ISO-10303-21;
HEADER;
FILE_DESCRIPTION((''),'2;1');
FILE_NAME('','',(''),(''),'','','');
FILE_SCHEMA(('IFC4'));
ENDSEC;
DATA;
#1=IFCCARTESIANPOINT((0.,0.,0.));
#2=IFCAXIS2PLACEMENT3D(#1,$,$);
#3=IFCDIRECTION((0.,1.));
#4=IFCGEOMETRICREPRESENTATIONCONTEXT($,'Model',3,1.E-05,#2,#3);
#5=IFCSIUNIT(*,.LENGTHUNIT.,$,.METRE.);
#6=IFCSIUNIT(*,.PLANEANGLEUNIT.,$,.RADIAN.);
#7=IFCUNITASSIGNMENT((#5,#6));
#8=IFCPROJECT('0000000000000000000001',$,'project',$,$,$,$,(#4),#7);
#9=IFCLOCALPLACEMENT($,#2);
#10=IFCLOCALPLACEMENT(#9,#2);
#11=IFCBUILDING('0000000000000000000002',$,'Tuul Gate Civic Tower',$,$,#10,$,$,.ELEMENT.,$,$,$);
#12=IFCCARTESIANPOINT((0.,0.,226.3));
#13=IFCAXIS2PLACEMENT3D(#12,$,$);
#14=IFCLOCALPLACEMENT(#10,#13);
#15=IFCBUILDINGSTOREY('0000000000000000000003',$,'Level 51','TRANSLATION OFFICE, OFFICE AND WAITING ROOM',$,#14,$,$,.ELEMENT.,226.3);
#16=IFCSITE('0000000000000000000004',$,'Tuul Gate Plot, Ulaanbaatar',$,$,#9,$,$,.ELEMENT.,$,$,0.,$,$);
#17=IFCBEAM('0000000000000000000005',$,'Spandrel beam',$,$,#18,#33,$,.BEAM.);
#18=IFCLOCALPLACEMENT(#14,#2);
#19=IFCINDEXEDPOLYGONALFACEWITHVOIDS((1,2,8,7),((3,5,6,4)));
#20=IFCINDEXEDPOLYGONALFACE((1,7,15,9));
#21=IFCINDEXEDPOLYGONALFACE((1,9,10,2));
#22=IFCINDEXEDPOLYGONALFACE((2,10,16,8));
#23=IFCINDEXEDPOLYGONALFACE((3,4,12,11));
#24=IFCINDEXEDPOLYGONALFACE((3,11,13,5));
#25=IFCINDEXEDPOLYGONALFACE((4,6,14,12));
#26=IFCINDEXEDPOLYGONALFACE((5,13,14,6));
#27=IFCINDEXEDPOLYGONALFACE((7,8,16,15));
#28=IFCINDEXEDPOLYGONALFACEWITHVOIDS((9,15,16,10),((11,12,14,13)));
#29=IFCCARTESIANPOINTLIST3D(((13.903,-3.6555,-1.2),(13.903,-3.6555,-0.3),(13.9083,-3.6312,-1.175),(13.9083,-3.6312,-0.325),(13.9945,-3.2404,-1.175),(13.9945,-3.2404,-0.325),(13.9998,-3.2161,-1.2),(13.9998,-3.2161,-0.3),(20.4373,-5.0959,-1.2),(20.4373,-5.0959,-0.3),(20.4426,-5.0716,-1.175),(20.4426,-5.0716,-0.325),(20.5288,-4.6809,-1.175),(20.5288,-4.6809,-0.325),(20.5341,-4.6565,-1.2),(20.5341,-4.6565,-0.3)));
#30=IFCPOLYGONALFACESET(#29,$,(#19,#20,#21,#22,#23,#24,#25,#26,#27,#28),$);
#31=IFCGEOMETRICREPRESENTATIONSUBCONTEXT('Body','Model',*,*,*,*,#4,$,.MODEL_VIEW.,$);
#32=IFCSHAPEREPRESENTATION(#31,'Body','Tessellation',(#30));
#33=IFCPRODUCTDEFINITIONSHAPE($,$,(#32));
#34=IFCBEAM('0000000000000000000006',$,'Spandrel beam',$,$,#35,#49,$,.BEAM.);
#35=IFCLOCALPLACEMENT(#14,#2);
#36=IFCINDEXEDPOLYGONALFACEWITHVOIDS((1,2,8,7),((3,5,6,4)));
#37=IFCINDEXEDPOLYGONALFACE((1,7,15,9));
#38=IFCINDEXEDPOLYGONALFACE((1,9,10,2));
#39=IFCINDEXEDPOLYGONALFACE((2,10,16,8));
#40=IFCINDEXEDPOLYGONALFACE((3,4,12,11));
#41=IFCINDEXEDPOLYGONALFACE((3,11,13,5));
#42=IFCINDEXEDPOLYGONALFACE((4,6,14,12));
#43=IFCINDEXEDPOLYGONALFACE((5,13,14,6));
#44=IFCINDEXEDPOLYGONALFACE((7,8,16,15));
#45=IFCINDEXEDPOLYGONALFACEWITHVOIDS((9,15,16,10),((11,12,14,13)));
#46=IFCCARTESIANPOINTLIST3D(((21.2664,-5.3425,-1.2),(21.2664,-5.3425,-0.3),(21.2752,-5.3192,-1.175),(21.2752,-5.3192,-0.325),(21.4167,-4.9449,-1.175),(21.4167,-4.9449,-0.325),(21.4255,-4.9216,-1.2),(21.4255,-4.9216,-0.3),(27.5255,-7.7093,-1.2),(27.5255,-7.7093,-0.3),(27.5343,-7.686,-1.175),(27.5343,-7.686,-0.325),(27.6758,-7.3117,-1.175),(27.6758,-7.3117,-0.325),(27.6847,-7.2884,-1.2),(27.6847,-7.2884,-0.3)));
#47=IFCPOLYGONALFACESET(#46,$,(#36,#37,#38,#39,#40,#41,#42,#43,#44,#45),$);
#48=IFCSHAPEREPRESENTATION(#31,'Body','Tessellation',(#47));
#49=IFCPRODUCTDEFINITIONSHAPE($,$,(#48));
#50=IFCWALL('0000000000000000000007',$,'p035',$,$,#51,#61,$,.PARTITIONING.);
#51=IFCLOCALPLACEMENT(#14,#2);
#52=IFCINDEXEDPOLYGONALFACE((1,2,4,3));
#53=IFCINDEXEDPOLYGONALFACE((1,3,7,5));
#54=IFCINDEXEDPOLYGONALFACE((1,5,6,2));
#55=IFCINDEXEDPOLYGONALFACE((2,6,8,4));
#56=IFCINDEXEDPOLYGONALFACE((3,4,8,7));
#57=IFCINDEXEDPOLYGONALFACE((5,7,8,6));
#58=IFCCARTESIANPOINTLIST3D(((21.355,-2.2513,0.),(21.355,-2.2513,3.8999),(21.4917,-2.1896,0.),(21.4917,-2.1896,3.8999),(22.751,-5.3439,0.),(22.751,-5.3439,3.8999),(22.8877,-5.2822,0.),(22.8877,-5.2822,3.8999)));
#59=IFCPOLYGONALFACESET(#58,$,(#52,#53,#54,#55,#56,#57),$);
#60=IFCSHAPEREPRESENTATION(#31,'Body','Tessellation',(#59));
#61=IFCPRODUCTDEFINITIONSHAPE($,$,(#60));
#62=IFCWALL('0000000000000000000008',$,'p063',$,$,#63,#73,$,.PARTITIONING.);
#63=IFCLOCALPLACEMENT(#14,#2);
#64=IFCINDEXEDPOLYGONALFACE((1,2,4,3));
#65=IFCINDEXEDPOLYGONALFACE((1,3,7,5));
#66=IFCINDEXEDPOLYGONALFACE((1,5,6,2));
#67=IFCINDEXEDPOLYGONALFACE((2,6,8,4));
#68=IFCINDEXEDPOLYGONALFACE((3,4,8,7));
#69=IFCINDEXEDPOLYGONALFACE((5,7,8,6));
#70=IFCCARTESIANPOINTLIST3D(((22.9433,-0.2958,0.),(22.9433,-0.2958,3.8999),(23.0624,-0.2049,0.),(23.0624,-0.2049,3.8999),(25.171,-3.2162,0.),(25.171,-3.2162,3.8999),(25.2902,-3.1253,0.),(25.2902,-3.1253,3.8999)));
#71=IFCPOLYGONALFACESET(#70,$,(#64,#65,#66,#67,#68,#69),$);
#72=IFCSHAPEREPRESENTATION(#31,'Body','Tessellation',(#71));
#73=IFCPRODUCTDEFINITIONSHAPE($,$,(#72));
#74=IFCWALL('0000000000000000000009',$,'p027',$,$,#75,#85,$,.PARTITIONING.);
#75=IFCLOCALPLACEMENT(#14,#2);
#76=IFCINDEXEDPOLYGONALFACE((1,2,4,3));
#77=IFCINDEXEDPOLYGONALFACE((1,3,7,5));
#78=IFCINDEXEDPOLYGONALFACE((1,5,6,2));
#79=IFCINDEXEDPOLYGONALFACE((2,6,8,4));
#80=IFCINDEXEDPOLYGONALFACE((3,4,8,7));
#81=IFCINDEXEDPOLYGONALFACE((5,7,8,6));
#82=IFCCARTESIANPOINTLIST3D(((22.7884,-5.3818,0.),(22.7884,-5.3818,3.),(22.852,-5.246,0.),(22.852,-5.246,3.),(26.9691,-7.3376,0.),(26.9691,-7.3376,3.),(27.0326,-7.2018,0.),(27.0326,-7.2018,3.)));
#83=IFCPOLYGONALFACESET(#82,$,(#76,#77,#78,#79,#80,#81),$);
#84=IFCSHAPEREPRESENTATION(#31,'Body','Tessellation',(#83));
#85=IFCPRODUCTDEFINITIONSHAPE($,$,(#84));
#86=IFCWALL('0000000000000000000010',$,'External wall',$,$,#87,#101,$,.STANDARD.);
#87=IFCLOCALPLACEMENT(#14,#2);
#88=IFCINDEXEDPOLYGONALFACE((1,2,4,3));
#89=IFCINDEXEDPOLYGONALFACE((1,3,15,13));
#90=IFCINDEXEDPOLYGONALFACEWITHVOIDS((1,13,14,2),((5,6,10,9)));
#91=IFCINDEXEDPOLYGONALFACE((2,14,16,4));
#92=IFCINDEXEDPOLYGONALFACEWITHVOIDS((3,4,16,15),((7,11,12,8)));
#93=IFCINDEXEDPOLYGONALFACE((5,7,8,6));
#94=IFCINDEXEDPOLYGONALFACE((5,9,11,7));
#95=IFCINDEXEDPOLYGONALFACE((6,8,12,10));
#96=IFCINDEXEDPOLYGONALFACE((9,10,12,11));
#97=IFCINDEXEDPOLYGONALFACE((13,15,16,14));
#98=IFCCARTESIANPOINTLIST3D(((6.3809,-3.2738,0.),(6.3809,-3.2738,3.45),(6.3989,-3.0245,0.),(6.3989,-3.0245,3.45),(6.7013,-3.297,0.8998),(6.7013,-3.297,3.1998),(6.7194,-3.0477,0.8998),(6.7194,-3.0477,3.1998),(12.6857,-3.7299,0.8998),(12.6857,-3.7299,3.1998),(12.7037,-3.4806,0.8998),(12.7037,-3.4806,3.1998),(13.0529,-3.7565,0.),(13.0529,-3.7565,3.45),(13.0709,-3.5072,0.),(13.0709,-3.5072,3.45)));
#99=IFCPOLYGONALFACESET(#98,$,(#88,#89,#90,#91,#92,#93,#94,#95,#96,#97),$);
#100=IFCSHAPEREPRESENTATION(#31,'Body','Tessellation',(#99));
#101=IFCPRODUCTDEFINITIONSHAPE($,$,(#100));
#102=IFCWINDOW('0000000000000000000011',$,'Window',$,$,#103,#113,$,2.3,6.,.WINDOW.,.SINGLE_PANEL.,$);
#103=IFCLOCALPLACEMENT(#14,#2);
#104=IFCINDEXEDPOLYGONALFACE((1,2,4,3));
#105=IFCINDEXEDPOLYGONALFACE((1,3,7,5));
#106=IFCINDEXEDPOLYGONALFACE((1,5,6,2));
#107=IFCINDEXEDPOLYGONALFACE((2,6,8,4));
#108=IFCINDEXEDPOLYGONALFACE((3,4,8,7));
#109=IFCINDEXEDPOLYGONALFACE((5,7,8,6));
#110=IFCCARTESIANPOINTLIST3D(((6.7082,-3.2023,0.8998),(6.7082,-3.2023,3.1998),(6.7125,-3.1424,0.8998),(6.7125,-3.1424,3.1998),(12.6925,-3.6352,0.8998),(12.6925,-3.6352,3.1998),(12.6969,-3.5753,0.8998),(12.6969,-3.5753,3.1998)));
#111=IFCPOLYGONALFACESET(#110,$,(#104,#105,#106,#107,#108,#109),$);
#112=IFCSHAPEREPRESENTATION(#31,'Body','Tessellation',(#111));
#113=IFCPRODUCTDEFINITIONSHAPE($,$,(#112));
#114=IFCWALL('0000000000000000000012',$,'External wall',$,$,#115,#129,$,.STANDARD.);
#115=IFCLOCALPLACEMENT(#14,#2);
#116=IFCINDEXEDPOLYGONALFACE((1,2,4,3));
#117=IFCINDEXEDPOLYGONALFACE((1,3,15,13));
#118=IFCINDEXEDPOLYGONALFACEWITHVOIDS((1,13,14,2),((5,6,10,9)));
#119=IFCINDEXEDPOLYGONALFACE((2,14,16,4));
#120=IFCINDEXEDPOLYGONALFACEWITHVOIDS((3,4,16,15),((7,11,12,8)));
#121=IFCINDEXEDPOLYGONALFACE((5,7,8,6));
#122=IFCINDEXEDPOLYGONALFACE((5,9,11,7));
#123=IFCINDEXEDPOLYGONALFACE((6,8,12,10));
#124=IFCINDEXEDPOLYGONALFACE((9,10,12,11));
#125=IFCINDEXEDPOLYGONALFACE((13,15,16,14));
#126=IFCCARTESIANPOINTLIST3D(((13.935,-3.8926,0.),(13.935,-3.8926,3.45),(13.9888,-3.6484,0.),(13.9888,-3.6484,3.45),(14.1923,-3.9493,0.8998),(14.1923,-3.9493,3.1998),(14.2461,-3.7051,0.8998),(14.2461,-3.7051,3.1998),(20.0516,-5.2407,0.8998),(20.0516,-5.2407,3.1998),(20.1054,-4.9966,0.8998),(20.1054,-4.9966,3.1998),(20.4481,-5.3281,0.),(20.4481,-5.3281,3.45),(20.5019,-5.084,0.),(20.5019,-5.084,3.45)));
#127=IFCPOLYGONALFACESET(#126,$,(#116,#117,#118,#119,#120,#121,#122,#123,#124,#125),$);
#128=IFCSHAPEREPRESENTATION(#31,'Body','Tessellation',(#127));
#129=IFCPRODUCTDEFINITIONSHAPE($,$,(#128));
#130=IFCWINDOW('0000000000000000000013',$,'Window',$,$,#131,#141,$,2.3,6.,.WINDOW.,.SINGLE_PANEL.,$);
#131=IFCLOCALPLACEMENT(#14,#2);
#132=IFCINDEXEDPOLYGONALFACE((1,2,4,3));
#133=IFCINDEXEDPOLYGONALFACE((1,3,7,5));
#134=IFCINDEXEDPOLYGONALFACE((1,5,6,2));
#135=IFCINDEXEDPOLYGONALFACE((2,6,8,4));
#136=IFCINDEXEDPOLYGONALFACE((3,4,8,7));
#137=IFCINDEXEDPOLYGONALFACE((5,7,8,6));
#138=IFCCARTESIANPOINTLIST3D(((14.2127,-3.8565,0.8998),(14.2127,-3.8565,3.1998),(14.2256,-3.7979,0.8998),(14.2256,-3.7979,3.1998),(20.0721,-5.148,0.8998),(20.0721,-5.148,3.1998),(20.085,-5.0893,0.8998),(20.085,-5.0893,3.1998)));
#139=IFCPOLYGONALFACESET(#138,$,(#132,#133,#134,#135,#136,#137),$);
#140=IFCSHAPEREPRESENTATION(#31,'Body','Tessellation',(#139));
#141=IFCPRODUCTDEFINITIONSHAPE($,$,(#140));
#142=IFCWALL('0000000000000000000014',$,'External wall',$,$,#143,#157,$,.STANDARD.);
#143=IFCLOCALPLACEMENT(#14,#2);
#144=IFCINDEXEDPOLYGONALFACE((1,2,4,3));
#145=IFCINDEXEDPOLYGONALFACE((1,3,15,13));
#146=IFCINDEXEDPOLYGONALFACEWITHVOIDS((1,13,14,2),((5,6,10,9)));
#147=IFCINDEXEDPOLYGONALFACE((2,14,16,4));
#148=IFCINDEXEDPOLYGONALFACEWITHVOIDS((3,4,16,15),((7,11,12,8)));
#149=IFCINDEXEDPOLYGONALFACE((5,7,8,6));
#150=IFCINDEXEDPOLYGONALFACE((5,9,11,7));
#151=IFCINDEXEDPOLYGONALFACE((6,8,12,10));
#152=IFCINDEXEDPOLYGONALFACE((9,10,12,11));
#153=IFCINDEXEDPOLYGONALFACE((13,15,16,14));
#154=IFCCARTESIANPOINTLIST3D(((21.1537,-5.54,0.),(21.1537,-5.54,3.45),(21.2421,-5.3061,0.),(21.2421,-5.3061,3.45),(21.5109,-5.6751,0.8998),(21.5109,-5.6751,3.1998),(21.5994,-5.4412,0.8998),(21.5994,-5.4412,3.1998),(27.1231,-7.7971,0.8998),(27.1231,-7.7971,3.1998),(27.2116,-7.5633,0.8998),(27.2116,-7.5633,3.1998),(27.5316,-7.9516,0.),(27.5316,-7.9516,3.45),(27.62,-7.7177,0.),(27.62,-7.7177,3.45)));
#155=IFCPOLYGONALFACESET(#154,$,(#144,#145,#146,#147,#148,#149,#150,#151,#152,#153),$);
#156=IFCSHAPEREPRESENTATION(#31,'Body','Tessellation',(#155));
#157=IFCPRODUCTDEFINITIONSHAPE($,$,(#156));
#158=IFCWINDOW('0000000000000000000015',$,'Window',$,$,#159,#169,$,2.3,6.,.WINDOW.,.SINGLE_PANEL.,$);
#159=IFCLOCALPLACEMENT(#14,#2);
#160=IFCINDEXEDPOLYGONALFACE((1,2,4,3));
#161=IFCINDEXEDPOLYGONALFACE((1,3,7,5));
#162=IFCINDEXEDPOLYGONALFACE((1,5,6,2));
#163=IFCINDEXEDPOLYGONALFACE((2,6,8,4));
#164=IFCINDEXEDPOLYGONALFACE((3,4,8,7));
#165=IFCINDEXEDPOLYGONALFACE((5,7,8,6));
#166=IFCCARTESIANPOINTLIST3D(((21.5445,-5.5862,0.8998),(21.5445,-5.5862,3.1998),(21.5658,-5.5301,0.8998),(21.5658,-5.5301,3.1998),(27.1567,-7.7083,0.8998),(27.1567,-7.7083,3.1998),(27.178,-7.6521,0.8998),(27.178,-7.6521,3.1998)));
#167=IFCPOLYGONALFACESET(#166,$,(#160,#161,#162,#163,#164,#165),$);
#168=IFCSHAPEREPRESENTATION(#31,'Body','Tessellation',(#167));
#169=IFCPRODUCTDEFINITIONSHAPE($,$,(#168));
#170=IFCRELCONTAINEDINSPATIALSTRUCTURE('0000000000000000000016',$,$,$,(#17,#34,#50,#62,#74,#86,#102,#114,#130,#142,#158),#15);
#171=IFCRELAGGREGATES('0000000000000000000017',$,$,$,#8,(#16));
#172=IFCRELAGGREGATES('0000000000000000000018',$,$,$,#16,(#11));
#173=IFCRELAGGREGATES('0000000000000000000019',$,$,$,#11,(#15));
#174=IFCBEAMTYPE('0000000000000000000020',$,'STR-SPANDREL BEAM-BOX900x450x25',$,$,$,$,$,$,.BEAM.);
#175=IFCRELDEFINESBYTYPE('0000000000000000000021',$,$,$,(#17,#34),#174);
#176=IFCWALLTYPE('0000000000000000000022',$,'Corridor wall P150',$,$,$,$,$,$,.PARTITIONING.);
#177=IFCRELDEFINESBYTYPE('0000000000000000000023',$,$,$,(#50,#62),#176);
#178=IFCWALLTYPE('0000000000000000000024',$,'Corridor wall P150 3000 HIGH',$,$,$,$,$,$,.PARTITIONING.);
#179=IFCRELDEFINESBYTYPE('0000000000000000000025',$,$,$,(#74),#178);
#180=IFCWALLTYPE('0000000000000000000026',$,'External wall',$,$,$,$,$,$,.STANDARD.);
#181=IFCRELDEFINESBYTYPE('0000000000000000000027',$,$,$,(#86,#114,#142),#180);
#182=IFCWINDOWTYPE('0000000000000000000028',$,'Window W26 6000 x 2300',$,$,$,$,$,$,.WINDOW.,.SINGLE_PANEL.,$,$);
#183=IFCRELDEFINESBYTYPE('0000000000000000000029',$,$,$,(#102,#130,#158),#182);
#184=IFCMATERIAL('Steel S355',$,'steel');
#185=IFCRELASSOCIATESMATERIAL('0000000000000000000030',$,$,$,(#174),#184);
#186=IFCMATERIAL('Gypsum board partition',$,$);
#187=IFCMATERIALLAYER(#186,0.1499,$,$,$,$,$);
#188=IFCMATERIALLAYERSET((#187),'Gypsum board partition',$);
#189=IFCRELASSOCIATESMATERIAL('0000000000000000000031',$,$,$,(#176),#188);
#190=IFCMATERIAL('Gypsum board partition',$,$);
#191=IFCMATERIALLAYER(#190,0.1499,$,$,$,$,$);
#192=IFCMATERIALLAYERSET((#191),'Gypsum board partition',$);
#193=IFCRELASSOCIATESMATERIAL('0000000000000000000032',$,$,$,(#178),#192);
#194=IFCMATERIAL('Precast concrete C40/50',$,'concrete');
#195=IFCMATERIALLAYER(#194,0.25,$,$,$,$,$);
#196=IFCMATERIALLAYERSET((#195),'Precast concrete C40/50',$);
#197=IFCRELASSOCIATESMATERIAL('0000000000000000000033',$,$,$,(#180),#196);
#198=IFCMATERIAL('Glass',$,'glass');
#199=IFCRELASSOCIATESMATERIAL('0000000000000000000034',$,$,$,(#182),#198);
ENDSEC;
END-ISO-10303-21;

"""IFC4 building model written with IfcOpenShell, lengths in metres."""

from ifc_helpers import new_model, si_unit, direction, frame, frame_2d, origin, origin_2d, place, context, subcontext, project, spatial, rectangle, hollow_rectangle, extrude, material, layer, layer_set, material_profile, profile_set, type_object, element, fill, save


model = new_model("IFC4")

# Units and contexts
model_context = context("Model", 3, precision=1e-05, world=origin(), true_north=direction((0.0, 1.0)))
body_context = subcontext(model_context, "Body", "Model", "MODEL_VIEW")
ifc_project = project(units=[si_unit("LENGTHUNIT", "METRE"), si_unit("PLANEANGLEUNIT", "RADIAN")], contexts=[model_context])

# Site, building, storey
site_placement = place(None, origin())
site = spatial("IfcSite", under=ifc_project, at=site_placement, Name="Tuul Gate Plot, Ulaanbaatar", CompositionType="ELEMENT", RefElevation=0.0)
building_placement = place(site_placement, origin())
building = spatial("IfcBuilding", under=site, at=building_placement, Name="Tuul Gate Civic Tower", CompositionType="ELEMENT")
storey_placement = place(building_placement, frame((0.0, 0.0, 226.3)))
storey = spatial("IfcBuildingStorey", under=building, at=storey_placement, Name="Level 51", Description="TRANSLATION OFFICE, OFFICE AND WAITING ROOM", CompositionType="ELEMENT", Elevation=226.3)

# Beams
ifc_material_1 = material(Name="Steel S355", Category="steel")
ifc_material_profile_1 = material_profile(ifc_material_1, hollow_rectangle(XDim=0.45, YDim=0.8999, WallThickness=0.0249, at=origin_2d()), Name="BOX900x450x25")
ifc_profile_set_1 = profile_set([ifc_material_profile_1], Name="Steel S355")
beam_type_1 = type_object("IfcBeamType", Name="STR-SPANDREL BEAM-BOX900x450x25", PredefinedType="BEAM", material=ifc_profile_set_1)
beam_1_placement = place(storey_placement, frame((13.9514, -3.4358, -0.75), z_axis=(0.976553, -0.215277, 0.0), x_axis=(0.215277, 0.976553, 0.0)))
element("IfcBeam", 1, at=beam_1_placement, inside=storey, type_object=beam_type_1, Name="Spandrel beam", PredefinedType="BEAM", context=body_context, shape_type="SweptSolid", body=[
    extrude(hollow_rectangle(XDim=0.45, YDim=0.8999, WallThickness=0.0249, at=origin_2d()), origin(), (0.0, 0.0, 1.0), 6.6912),
])
beam_2_placement = place(storey_placement, frame((21.3459, -5.1321, -0.75), z_axis=(0.935365, -0.353685, 0.0), x_axis=(0.353685, 0.935365, 0.0)))
element("IfcBeam", 2, at=beam_2_placement, inside=storey, type_object=beam_type_1, Name="Spandrel beam", PredefinedType="BEAM", context=body_context, shape_type="SweptSolid", body=[
    extrude(hollow_rectangle(XDim=0.45, YDim=0.8999, WallThickness=0.0249, at=origin_2d()), origin(), (0.0, 0.0, 1.0), 6.6917),
])

# Walls
ifc_material_2 = material(Name="Gypsum board partition")
ifc_layer_1 = layer(ifc_material_2, 0.1499)
ifc_layer_set_1 = layer_set([ifc_layer_1], Name="Gypsum board partition")
wall_type_1 = type_object("IfcWallType", Name="Corridor wall P150", PredefinedType="PARTITIONING", material=ifc_layer_set_1)
wall_1_placement = place(storey_placement, frame((21.4233, -2.2205, 0.0), z_axis=(0.0, 0.0, 1.0), x_axis=(0.411432, -0.91144, 0.0)))
element("IfcWall", 3, at=wall_1_placement, inside=storey, type_object=wall_type_1, Name="p035", PredefinedType="PARTITIONING", context=body_context, shape_type="SweptSolid", body=[
    extrude(rectangle(XDim=3.3931, YDim=0.1499, at=frame_2d((1.6965, 0.0))), origin(), (0.0, 0.0, 1.0), 3.8999),
])
wall_2_placement = place(storey_placement, frame((23.0029, -0.2505, 0.0), z_axis=(0.0, 0.0, 1.0), x_axis=(0.60651, -0.795076, 0.0)))
element("IfcWall", 4, at=wall_2_placement, inside=storey, type_object=wall_type_1, Name="p063", PredefinedType="PARTITIONING", context=body_context, shape_type="SweptSolid", body=[
    extrude(rectangle(XDim=3.6731, YDim=0.1499, at=frame_2d((1.8364, 0.0))), origin(), (0.0, 0.0, 1.0), 3.8999),
])
ifc_material_3 = material(Name="Gypsum board partition")
ifc_layer_2 = layer(ifc_material_3, 0.1499)
ifc_layer_set_2 = layer_set([ifc_layer_2], Name="Gypsum board partition")
wall_type_2 = type_object("IfcWallType", Name="Corridor wall P150 3000 HIGH", PredefinedType="PARTITIONING", material=ifc_layer_set_2)
wall_3_placement = place(storey_placement, frame((22.8203, -5.314, 0.0), z_axis=(0.0, 0.0, 1.0), x_axis=(0.905781, -0.423745, 0.0)))
element("IfcWall", 5, at=wall_3_placement, inside=storey, type_object=wall_type_2, Name="p027", PredefinedType="PARTITIONING", context=body_context, shape_type="SweptSolid", body=[
    extrude(rectangle(XDim=4.6155, YDim=0.1499, at=frame_2d((2.3076, 0.0))), origin(), (0.0, 0.0, 1.0), 3.0),
])

# Walls, openings, windows
ifc_material_4 = material(Name="Precast concrete C40/50", Category="concrete")
ifc_layer_3 = layer(ifc_material_4, 0.25)
ifc_layer_set_3 = layer_set([ifc_layer_3], Name="Precast concrete C40/50")
wall_type_3 = type_object("IfcWallType", Name="External wall", PredefinedType="STANDARD", material=ifc_layer_set_3)
wall_4_placement = place(storey_placement, frame((6.3899, -3.1492, 0.0), z_axis=(0.0, 0.0, 1.0), x_axis=(0.997394, -0.072152, 0.0)))
wall_4 = element("IfcWall", 6, at=wall_4_placement, inside=storey, type_object=wall_type_3, Name="External wall", PredefinedType="STANDARD", context=body_context, shape_type="SweptSolid", body=[
    extrude(rectangle(XDim=6.6895, YDim=0.25, at=frame_2d((3.3447, 0.0))), origin(), (0.0, 0.0, 1.0), 3.45),
])
opening_1_placement = place(wall_4_placement, frame((0.3213, 0.0, 0.8999)))
opening_1 = element("IfcOpeningElement", 7, at=opening_1_placement, cuts=wall_4, PredefinedType="OPENING", context=body_context, shape_type="SweptSolid", body=[
    extrude(rectangle(XDim=6.0, YDim=2.3, at=frame_2d((3.0, 1.1499))), frame((0.0, 0.135, 0.0), z_axis=(0.0, -1.0, 0.0), x_axis=(1.0, 0.0, 0.0)), (0.0, 0.0, 1.0), 0.27),
])
ifc_material_5 = material(Name="Glass", Category="glass")
window_type = type_object("IfcWindowType", Name="Window W26 6000 x 2300", PartitioningType="SINGLE_PANEL", PredefinedType="WINDOW", material=ifc_material_5)
window_1_placement = place(opening_1_placement, origin())
window_1 = element("IfcWindow", 8, at=window_1_placement, inside=storey, type_object=window_type, Name="Window", OverallHeight=2.3, OverallWidth=6.0, PartitioningType="SINGLE_PANEL", PredefinedType="WINDOW", context=body_context, shape_type="SweptSolid", body=[
    extrude(rectangle(XDim=6.0, YDim=2.3, at=frame_2d((3.0, 1.1499))), frame((0.0, 0.03, 0.0), z_axis=(0.0, -1.0, 0.0), x_axis=(1.0, 0.0, 0.0)), (0.0, 0.0, 1.0), 0.0601),
])
fill(opening_1, window_1)
wall_5_placement = place(storey_placement, frame((13.9619, -3.7705, 0.0), z_axis=(0.0, 0.0, 1.0), x_axis=(0.976561, -0.21524, 0.0)))
wall_5 = element("IfcWall", 9, at=wall_5_placement, inside=storey, type_object=wall_type_3, Name="External wall", PredefinedType="STANDARD", context=body_context, shape_type="SweptSolid", body=[
    extrude(rectangle(XDim=6.6694, YDim=0.25, at=frame_2d((3.3347, 0.0))), origin(), (0.0, 0.0, 1.0), 3.45),
])
opening_2_placement = place(wall_5_placement, frame((0.2634, 0.0, 0.8999)))
opening_2 = element("IfcOpeningElement", 10, at=opening_2_placement, cuts=wall_5, PredefinedType="OPENING", context=body_context, shape_type="SweptSolid", body=[
    extrude(rectangle(XDim=6.0, YDim=2.3, at=frame_2d((3.0, 1.1499))), frame((0.0, 0.135, 0.0), z_axis=(0.0, -1.0, 0.0), x_axis=(1.0, 0.0, 0.0)), (0.0, 0.0, 1.0), 0.27),
])
window_2_placement = place(opening_2_placement, origin())
window_2 = element("IfcWindow", 11, at=window_2_placement, inside=storey, type_object=window_type, Name="Window", OverallHeight=2.3, OverallWidth=6.0, PartitioningType="SINGLE_PANEL", PredefinedType="WINDOW", context=body_context, shape_type="SweptSolid", body=[
    extrude(rectangle(XDim=6.0, YDim=2.3, at=frame_2d((3.0, 1.1499))), frame((0.0, 0.03, 0.0), z_axis=(0.0, -1.0, 0.0), x_axis=(1.0, 0.0, 0.0)), (0.0, 0.0, 1.0), 0.0601),
])
fill(opening_2, window_2)
wall_6_placement = place(storey_placement, frame((21.198, -5.4231, 0.0), z_axis=(0.0, 0.0, 1.0), x_axis=(0.935366, -0.35368, 0.0)))
wall_6 = element("IfcWall", 12, at=wall_6_placement, inside=storey, type_object=wall_type_3, Name="External wall", PredefinedType="STANDARD", context=body_context, shape_type="SweptSolid", body=[
    extrude(rectangle(XDim=6.8186, YDim=0.25, at=frame_2d((3.4092, 0.0))), origin(), (0.0, 0.0, 1.0), 3.45),
])
opening_3_placement = place(wall_6_placement, frame((0.3818, 0.0, 0.8999)))
opening_3 = element("IfcOpeningElement", 13, at=opening_3_placement, cuts=wall_6, PredefinedType="OPENING", context=body_context, shape_type="SweptSolid", body=[
    extrude(rectangle(XDim=6.0, YDim=2.3, at=frame_2d((3.0, 1.1499))), frame((0.0, 0.135, 0.0), z_axis=(0.0, -1.0, 0.0), x_axis=(1.0, 0.0, 0.0)), (0.0, 0.0, 1.0), 0.27),
])
window_3_placement = place(opening_3_placement, origin())
window_3 = element("IfcWindow", 14, at=window_3_placement, inside=storey, type_object=window_type, Name="Window", OverallHeight=2.3, OverallWidth=6.0, PartitioningType="SINGLE_PANEL", PredefinedType="WINDOW", context=body_context, shape_type="SweptSolid", body=[
    extrude(rectangle(XDim=6.0, YDim=2.3, at=frame_2d((3.0, 1.1499))), frame((0.0, 0.03, 0.0), z_axis=(0.0, -1.0, 0.0), x_axis=(1.0, 0.0, 0.0)), (0.0, 0.0, 1.0), 0.0601),
])
fill(opening_3, window_3)

save(model, "model.ifc")
